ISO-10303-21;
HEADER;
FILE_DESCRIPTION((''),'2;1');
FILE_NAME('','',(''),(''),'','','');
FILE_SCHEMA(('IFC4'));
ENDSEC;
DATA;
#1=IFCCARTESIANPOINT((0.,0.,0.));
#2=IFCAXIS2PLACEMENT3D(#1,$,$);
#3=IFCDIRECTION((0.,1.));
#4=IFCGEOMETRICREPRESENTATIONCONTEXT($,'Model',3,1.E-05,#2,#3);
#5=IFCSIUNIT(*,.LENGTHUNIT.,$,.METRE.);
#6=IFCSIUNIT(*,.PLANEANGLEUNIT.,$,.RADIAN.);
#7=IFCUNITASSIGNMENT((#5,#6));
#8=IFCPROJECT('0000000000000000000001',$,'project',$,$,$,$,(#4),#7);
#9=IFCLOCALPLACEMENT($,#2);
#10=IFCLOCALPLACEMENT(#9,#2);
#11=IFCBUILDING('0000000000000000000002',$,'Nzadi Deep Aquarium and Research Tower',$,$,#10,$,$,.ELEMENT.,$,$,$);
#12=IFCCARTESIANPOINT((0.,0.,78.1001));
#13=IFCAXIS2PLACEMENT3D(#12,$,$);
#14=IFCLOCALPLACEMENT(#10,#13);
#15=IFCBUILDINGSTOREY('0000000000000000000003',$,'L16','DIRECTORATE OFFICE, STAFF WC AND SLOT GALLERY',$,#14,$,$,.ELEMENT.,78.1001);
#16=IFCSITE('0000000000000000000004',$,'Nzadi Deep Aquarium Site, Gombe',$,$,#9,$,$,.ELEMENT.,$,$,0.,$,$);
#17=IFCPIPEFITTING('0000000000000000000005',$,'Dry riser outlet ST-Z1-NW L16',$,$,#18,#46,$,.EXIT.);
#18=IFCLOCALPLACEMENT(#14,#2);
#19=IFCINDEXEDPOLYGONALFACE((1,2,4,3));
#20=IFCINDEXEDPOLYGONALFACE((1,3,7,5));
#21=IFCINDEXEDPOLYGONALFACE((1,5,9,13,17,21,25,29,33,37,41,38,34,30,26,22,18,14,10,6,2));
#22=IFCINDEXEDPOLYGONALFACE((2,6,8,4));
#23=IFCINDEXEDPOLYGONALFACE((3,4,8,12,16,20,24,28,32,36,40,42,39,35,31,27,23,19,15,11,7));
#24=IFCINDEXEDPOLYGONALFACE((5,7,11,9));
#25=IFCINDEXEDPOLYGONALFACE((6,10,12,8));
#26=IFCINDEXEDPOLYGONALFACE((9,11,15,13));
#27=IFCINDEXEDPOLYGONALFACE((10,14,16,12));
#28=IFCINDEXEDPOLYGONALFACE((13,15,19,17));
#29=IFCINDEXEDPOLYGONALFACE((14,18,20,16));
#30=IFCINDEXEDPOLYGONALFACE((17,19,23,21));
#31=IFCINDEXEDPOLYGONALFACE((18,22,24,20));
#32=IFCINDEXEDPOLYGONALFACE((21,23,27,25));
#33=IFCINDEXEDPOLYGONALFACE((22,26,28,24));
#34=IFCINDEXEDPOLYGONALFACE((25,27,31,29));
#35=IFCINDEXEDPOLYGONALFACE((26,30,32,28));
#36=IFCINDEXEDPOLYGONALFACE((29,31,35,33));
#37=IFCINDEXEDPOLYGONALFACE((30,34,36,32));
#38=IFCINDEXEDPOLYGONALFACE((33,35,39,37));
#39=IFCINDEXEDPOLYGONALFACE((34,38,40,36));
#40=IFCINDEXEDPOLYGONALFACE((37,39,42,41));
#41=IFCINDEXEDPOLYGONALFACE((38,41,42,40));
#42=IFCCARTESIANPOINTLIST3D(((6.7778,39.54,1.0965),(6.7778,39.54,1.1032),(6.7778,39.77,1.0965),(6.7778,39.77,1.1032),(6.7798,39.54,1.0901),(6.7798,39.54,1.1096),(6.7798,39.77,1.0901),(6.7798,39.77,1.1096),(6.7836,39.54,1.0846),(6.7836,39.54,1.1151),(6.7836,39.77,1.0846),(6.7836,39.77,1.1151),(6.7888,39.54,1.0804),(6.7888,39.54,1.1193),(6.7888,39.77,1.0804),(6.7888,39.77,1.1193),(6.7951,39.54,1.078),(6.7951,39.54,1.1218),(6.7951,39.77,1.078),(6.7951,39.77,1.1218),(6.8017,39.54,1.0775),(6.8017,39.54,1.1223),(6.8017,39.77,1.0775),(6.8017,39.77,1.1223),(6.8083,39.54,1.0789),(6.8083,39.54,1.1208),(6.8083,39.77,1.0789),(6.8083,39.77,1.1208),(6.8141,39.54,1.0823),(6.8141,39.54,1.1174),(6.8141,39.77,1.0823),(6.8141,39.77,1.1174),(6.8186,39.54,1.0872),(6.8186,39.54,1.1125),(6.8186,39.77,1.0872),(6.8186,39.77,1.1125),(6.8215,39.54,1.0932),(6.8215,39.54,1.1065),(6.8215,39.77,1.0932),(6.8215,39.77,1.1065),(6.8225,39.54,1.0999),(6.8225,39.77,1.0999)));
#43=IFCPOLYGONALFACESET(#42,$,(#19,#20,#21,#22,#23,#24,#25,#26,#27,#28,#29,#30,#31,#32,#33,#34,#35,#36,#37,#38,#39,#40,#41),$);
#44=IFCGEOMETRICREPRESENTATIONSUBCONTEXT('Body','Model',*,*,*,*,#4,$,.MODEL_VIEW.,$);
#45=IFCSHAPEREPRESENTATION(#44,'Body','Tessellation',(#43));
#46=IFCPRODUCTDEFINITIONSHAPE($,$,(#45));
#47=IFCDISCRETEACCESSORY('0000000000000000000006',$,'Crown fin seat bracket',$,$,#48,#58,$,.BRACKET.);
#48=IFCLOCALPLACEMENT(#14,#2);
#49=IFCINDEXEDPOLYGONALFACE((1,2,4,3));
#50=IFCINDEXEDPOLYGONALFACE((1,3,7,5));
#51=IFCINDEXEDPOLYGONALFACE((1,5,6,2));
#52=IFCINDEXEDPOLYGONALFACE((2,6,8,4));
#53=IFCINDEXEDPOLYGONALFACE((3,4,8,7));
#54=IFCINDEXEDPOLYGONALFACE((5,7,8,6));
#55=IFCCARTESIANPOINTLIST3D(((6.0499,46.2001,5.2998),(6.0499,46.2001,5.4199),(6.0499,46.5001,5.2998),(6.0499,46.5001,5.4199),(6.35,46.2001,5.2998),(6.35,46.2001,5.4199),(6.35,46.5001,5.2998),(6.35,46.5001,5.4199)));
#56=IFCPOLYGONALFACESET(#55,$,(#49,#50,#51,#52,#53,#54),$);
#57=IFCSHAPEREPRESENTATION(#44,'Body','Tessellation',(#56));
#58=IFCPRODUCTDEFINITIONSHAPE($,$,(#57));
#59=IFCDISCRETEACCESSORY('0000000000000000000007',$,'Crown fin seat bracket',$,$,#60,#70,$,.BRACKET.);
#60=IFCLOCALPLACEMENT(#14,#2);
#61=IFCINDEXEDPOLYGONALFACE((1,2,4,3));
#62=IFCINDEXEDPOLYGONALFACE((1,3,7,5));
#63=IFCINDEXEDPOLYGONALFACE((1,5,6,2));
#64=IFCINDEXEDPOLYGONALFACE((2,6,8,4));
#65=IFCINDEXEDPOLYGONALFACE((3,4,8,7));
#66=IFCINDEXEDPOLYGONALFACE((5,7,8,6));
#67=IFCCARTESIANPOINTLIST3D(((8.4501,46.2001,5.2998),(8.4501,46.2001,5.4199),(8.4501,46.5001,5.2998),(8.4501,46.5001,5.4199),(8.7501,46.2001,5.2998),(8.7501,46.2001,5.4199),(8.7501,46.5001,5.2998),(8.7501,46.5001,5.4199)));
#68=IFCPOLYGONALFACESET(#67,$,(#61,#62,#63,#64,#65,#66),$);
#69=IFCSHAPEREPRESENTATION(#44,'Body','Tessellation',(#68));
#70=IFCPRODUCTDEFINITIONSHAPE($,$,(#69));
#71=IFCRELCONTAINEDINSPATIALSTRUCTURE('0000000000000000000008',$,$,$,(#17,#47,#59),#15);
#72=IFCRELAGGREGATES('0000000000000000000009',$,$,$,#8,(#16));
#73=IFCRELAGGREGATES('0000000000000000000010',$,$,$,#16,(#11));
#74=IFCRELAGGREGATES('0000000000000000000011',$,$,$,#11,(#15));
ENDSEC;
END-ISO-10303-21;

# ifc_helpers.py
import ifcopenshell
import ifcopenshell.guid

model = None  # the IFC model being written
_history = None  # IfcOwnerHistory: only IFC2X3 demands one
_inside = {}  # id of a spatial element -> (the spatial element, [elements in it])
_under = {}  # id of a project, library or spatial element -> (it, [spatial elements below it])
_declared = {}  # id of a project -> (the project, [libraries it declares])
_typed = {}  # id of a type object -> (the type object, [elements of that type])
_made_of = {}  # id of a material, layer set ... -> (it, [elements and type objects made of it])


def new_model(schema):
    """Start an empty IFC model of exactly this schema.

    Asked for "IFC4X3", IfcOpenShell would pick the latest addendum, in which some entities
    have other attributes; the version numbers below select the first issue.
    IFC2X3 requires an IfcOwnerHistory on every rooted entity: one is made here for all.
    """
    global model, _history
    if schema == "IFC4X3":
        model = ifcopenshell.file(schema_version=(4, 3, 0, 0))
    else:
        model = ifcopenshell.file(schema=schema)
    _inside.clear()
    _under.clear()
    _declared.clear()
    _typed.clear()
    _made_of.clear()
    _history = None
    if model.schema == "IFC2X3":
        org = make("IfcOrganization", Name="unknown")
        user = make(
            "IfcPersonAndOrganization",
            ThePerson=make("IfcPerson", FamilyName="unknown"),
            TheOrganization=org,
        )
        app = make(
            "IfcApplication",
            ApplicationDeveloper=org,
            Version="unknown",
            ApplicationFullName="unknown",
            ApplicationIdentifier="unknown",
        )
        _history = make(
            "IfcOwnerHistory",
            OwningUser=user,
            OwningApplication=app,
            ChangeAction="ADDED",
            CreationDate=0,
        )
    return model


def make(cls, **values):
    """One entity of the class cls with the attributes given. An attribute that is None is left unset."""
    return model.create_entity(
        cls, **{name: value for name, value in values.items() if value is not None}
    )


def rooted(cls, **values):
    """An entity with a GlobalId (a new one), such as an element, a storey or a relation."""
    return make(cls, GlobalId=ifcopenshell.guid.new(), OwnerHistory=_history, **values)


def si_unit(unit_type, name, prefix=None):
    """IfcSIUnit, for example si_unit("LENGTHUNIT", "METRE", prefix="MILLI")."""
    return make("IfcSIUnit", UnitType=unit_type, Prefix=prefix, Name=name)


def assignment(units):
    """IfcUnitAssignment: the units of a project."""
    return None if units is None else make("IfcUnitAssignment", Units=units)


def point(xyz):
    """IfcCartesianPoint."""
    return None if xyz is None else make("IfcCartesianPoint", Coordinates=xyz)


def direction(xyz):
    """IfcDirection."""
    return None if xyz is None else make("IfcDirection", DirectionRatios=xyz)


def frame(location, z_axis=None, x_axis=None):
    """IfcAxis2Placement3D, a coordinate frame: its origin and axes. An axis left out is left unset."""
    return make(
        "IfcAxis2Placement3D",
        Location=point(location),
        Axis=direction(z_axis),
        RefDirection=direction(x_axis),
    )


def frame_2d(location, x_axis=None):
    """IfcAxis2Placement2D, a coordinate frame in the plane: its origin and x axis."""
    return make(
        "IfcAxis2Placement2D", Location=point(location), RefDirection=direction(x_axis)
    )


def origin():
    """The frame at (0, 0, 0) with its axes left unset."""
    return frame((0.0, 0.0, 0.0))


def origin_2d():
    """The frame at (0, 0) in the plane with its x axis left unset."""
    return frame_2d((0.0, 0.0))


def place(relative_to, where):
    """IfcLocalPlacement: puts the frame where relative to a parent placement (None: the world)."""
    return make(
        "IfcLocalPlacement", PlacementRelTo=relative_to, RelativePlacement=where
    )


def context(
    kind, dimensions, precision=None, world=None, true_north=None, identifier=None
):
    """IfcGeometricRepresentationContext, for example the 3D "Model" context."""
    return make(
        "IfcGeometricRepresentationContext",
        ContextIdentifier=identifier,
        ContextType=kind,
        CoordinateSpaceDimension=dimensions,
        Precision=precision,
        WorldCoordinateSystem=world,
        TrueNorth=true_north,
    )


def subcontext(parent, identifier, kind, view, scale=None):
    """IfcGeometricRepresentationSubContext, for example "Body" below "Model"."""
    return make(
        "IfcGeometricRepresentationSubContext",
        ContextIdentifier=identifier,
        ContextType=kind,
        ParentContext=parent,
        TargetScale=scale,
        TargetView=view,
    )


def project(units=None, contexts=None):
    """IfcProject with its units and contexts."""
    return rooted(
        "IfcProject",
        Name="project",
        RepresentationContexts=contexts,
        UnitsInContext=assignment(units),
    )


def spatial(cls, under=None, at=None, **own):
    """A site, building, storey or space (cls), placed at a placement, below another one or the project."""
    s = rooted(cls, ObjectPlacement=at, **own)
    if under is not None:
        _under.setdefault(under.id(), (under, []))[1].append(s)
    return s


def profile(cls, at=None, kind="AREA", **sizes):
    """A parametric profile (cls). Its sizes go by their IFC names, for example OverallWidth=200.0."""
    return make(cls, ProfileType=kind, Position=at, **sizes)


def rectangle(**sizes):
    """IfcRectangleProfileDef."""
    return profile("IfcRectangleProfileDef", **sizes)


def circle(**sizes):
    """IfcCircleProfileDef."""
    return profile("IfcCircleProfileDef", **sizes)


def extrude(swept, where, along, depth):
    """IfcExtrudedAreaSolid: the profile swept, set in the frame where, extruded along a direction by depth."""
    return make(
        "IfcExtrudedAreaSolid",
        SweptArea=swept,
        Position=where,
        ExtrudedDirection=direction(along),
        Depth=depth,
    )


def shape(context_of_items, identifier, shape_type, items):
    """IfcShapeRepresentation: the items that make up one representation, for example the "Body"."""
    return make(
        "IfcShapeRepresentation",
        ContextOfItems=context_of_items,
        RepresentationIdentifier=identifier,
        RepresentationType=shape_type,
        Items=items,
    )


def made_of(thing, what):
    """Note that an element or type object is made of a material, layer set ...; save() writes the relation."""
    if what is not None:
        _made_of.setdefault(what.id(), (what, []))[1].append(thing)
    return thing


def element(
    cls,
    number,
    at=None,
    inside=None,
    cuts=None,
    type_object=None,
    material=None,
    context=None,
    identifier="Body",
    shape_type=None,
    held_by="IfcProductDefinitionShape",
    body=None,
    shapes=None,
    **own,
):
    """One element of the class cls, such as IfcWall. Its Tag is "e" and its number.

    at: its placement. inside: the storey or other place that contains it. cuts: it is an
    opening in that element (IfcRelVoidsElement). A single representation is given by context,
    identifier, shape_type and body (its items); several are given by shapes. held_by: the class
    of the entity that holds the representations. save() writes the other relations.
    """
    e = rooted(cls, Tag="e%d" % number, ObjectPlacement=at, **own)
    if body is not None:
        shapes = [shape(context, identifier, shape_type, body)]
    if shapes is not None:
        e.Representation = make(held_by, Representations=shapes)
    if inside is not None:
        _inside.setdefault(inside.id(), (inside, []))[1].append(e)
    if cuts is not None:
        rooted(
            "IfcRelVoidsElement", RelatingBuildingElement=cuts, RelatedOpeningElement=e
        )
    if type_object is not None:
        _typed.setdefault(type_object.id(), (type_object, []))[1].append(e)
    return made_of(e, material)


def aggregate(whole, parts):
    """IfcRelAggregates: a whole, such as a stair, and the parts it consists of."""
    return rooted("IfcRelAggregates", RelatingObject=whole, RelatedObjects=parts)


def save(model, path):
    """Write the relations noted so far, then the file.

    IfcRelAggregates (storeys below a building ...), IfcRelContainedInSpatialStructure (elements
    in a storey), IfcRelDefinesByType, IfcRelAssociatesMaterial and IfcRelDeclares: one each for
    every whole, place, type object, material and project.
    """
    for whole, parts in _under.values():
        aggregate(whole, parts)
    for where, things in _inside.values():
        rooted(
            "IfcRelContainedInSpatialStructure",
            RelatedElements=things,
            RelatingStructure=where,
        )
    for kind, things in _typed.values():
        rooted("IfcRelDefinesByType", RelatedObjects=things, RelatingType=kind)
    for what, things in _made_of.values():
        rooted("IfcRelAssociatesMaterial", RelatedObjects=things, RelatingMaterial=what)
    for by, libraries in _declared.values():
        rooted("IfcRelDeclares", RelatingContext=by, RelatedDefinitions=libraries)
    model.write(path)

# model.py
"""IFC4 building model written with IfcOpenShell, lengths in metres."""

from ifc_helpers import new_model, si_unit, direction, frame, origin, origin_2d, place, context, subcontext, project, spatial, rectangle, circle, extrude, element, save


model = new_model("IFC4")

# Units and contexts
model_context = context("Model", 3, precision=1e-05, world=origin(), true_north=direction((0.0, 1.0)))
body_context = subcontext(model_context, "Body", "Model", "MODEL_VIEW")
ifc_project = project(units=[si_unit("LENGTHUNIT", "METRE"), si_unit("PLANEANGLEUNIT", "RADIAN")], contexts=[model_context])

# Site, building, storey
site_placement = place(None, origin())
site = spatial("IfcSite", under=ifc_project, at=site_placement, Name="Nzadi Deep Aquarium Site, Gombe", CompositionType="ELEMENT", RefElevation=0.0)
building_placement = place(site_placement, origin())
building = spatial("IfcBuilding", under=site, at=building_placement, Name="Nzadi Deep Aquarium and Research Tower", CompositionType="ELEMENT")
storey_placement = place(building_placement, frame((0.0, 0.0, 78.1001)))
storey = spatial("IfcBuildingStorey", under=building, at=storey_placement, Name="L16", Description="DIRECTORATE OFFICE, STAFF WC AND SLOT GALLERY", CompositionType="ELEMENT", Elevation=78.1001)

# Pipe fitting
pipe_fitting_placement = place(storey_placement, frame((6.8, 39.77, 1.0999), z_axis=(0.0, -1.0, 0.0), x_axis=(1.0, 0.0, 0.0)))
element("IfcPipeFitting", 1, at=pipe_fitting_placement, inside=storey, Name="Dry riser outlet ST-Z1-NW L16", PredefinedType="EXIT", context=body_context, shape_type="SweptSolid", body=[
    extrude(circle(Radius=0.0225, at=origin_2d()), origin(), (0.0, 0.0, 1.0), 0.23),
])

# Discrete accessories
for number, where, z_axis, x_axis, name in (
    (2, (6.2, 46.3501, 5.2998), (0.0, 0.0, 1.0), (1.0, 0.0, 0.0), "Crown fin seat bracket"),
    (3, (8.6001, 46.3501, 5.2998), (0.0, 0.0, 1.0), (1.0, 0.0, 0.0), "Crown fin seat bracket"),
):
    element("IfcDiscreteAccessory", number, at=place(storey_placement, frame(where, z_axis=z_axis, x_axis=x_axis)), inside=storey, Name=name, PredefinedType="BRACKET", context=body_context, shape_type="SweptSolid", body=[
        extrude(rectangle(XDim=0.3, YDim=0.3, at=origin_2d()), origin(), (0.0, 0.0, 1.0), 0.1201),
    ])

save(model, "model.ifc")
